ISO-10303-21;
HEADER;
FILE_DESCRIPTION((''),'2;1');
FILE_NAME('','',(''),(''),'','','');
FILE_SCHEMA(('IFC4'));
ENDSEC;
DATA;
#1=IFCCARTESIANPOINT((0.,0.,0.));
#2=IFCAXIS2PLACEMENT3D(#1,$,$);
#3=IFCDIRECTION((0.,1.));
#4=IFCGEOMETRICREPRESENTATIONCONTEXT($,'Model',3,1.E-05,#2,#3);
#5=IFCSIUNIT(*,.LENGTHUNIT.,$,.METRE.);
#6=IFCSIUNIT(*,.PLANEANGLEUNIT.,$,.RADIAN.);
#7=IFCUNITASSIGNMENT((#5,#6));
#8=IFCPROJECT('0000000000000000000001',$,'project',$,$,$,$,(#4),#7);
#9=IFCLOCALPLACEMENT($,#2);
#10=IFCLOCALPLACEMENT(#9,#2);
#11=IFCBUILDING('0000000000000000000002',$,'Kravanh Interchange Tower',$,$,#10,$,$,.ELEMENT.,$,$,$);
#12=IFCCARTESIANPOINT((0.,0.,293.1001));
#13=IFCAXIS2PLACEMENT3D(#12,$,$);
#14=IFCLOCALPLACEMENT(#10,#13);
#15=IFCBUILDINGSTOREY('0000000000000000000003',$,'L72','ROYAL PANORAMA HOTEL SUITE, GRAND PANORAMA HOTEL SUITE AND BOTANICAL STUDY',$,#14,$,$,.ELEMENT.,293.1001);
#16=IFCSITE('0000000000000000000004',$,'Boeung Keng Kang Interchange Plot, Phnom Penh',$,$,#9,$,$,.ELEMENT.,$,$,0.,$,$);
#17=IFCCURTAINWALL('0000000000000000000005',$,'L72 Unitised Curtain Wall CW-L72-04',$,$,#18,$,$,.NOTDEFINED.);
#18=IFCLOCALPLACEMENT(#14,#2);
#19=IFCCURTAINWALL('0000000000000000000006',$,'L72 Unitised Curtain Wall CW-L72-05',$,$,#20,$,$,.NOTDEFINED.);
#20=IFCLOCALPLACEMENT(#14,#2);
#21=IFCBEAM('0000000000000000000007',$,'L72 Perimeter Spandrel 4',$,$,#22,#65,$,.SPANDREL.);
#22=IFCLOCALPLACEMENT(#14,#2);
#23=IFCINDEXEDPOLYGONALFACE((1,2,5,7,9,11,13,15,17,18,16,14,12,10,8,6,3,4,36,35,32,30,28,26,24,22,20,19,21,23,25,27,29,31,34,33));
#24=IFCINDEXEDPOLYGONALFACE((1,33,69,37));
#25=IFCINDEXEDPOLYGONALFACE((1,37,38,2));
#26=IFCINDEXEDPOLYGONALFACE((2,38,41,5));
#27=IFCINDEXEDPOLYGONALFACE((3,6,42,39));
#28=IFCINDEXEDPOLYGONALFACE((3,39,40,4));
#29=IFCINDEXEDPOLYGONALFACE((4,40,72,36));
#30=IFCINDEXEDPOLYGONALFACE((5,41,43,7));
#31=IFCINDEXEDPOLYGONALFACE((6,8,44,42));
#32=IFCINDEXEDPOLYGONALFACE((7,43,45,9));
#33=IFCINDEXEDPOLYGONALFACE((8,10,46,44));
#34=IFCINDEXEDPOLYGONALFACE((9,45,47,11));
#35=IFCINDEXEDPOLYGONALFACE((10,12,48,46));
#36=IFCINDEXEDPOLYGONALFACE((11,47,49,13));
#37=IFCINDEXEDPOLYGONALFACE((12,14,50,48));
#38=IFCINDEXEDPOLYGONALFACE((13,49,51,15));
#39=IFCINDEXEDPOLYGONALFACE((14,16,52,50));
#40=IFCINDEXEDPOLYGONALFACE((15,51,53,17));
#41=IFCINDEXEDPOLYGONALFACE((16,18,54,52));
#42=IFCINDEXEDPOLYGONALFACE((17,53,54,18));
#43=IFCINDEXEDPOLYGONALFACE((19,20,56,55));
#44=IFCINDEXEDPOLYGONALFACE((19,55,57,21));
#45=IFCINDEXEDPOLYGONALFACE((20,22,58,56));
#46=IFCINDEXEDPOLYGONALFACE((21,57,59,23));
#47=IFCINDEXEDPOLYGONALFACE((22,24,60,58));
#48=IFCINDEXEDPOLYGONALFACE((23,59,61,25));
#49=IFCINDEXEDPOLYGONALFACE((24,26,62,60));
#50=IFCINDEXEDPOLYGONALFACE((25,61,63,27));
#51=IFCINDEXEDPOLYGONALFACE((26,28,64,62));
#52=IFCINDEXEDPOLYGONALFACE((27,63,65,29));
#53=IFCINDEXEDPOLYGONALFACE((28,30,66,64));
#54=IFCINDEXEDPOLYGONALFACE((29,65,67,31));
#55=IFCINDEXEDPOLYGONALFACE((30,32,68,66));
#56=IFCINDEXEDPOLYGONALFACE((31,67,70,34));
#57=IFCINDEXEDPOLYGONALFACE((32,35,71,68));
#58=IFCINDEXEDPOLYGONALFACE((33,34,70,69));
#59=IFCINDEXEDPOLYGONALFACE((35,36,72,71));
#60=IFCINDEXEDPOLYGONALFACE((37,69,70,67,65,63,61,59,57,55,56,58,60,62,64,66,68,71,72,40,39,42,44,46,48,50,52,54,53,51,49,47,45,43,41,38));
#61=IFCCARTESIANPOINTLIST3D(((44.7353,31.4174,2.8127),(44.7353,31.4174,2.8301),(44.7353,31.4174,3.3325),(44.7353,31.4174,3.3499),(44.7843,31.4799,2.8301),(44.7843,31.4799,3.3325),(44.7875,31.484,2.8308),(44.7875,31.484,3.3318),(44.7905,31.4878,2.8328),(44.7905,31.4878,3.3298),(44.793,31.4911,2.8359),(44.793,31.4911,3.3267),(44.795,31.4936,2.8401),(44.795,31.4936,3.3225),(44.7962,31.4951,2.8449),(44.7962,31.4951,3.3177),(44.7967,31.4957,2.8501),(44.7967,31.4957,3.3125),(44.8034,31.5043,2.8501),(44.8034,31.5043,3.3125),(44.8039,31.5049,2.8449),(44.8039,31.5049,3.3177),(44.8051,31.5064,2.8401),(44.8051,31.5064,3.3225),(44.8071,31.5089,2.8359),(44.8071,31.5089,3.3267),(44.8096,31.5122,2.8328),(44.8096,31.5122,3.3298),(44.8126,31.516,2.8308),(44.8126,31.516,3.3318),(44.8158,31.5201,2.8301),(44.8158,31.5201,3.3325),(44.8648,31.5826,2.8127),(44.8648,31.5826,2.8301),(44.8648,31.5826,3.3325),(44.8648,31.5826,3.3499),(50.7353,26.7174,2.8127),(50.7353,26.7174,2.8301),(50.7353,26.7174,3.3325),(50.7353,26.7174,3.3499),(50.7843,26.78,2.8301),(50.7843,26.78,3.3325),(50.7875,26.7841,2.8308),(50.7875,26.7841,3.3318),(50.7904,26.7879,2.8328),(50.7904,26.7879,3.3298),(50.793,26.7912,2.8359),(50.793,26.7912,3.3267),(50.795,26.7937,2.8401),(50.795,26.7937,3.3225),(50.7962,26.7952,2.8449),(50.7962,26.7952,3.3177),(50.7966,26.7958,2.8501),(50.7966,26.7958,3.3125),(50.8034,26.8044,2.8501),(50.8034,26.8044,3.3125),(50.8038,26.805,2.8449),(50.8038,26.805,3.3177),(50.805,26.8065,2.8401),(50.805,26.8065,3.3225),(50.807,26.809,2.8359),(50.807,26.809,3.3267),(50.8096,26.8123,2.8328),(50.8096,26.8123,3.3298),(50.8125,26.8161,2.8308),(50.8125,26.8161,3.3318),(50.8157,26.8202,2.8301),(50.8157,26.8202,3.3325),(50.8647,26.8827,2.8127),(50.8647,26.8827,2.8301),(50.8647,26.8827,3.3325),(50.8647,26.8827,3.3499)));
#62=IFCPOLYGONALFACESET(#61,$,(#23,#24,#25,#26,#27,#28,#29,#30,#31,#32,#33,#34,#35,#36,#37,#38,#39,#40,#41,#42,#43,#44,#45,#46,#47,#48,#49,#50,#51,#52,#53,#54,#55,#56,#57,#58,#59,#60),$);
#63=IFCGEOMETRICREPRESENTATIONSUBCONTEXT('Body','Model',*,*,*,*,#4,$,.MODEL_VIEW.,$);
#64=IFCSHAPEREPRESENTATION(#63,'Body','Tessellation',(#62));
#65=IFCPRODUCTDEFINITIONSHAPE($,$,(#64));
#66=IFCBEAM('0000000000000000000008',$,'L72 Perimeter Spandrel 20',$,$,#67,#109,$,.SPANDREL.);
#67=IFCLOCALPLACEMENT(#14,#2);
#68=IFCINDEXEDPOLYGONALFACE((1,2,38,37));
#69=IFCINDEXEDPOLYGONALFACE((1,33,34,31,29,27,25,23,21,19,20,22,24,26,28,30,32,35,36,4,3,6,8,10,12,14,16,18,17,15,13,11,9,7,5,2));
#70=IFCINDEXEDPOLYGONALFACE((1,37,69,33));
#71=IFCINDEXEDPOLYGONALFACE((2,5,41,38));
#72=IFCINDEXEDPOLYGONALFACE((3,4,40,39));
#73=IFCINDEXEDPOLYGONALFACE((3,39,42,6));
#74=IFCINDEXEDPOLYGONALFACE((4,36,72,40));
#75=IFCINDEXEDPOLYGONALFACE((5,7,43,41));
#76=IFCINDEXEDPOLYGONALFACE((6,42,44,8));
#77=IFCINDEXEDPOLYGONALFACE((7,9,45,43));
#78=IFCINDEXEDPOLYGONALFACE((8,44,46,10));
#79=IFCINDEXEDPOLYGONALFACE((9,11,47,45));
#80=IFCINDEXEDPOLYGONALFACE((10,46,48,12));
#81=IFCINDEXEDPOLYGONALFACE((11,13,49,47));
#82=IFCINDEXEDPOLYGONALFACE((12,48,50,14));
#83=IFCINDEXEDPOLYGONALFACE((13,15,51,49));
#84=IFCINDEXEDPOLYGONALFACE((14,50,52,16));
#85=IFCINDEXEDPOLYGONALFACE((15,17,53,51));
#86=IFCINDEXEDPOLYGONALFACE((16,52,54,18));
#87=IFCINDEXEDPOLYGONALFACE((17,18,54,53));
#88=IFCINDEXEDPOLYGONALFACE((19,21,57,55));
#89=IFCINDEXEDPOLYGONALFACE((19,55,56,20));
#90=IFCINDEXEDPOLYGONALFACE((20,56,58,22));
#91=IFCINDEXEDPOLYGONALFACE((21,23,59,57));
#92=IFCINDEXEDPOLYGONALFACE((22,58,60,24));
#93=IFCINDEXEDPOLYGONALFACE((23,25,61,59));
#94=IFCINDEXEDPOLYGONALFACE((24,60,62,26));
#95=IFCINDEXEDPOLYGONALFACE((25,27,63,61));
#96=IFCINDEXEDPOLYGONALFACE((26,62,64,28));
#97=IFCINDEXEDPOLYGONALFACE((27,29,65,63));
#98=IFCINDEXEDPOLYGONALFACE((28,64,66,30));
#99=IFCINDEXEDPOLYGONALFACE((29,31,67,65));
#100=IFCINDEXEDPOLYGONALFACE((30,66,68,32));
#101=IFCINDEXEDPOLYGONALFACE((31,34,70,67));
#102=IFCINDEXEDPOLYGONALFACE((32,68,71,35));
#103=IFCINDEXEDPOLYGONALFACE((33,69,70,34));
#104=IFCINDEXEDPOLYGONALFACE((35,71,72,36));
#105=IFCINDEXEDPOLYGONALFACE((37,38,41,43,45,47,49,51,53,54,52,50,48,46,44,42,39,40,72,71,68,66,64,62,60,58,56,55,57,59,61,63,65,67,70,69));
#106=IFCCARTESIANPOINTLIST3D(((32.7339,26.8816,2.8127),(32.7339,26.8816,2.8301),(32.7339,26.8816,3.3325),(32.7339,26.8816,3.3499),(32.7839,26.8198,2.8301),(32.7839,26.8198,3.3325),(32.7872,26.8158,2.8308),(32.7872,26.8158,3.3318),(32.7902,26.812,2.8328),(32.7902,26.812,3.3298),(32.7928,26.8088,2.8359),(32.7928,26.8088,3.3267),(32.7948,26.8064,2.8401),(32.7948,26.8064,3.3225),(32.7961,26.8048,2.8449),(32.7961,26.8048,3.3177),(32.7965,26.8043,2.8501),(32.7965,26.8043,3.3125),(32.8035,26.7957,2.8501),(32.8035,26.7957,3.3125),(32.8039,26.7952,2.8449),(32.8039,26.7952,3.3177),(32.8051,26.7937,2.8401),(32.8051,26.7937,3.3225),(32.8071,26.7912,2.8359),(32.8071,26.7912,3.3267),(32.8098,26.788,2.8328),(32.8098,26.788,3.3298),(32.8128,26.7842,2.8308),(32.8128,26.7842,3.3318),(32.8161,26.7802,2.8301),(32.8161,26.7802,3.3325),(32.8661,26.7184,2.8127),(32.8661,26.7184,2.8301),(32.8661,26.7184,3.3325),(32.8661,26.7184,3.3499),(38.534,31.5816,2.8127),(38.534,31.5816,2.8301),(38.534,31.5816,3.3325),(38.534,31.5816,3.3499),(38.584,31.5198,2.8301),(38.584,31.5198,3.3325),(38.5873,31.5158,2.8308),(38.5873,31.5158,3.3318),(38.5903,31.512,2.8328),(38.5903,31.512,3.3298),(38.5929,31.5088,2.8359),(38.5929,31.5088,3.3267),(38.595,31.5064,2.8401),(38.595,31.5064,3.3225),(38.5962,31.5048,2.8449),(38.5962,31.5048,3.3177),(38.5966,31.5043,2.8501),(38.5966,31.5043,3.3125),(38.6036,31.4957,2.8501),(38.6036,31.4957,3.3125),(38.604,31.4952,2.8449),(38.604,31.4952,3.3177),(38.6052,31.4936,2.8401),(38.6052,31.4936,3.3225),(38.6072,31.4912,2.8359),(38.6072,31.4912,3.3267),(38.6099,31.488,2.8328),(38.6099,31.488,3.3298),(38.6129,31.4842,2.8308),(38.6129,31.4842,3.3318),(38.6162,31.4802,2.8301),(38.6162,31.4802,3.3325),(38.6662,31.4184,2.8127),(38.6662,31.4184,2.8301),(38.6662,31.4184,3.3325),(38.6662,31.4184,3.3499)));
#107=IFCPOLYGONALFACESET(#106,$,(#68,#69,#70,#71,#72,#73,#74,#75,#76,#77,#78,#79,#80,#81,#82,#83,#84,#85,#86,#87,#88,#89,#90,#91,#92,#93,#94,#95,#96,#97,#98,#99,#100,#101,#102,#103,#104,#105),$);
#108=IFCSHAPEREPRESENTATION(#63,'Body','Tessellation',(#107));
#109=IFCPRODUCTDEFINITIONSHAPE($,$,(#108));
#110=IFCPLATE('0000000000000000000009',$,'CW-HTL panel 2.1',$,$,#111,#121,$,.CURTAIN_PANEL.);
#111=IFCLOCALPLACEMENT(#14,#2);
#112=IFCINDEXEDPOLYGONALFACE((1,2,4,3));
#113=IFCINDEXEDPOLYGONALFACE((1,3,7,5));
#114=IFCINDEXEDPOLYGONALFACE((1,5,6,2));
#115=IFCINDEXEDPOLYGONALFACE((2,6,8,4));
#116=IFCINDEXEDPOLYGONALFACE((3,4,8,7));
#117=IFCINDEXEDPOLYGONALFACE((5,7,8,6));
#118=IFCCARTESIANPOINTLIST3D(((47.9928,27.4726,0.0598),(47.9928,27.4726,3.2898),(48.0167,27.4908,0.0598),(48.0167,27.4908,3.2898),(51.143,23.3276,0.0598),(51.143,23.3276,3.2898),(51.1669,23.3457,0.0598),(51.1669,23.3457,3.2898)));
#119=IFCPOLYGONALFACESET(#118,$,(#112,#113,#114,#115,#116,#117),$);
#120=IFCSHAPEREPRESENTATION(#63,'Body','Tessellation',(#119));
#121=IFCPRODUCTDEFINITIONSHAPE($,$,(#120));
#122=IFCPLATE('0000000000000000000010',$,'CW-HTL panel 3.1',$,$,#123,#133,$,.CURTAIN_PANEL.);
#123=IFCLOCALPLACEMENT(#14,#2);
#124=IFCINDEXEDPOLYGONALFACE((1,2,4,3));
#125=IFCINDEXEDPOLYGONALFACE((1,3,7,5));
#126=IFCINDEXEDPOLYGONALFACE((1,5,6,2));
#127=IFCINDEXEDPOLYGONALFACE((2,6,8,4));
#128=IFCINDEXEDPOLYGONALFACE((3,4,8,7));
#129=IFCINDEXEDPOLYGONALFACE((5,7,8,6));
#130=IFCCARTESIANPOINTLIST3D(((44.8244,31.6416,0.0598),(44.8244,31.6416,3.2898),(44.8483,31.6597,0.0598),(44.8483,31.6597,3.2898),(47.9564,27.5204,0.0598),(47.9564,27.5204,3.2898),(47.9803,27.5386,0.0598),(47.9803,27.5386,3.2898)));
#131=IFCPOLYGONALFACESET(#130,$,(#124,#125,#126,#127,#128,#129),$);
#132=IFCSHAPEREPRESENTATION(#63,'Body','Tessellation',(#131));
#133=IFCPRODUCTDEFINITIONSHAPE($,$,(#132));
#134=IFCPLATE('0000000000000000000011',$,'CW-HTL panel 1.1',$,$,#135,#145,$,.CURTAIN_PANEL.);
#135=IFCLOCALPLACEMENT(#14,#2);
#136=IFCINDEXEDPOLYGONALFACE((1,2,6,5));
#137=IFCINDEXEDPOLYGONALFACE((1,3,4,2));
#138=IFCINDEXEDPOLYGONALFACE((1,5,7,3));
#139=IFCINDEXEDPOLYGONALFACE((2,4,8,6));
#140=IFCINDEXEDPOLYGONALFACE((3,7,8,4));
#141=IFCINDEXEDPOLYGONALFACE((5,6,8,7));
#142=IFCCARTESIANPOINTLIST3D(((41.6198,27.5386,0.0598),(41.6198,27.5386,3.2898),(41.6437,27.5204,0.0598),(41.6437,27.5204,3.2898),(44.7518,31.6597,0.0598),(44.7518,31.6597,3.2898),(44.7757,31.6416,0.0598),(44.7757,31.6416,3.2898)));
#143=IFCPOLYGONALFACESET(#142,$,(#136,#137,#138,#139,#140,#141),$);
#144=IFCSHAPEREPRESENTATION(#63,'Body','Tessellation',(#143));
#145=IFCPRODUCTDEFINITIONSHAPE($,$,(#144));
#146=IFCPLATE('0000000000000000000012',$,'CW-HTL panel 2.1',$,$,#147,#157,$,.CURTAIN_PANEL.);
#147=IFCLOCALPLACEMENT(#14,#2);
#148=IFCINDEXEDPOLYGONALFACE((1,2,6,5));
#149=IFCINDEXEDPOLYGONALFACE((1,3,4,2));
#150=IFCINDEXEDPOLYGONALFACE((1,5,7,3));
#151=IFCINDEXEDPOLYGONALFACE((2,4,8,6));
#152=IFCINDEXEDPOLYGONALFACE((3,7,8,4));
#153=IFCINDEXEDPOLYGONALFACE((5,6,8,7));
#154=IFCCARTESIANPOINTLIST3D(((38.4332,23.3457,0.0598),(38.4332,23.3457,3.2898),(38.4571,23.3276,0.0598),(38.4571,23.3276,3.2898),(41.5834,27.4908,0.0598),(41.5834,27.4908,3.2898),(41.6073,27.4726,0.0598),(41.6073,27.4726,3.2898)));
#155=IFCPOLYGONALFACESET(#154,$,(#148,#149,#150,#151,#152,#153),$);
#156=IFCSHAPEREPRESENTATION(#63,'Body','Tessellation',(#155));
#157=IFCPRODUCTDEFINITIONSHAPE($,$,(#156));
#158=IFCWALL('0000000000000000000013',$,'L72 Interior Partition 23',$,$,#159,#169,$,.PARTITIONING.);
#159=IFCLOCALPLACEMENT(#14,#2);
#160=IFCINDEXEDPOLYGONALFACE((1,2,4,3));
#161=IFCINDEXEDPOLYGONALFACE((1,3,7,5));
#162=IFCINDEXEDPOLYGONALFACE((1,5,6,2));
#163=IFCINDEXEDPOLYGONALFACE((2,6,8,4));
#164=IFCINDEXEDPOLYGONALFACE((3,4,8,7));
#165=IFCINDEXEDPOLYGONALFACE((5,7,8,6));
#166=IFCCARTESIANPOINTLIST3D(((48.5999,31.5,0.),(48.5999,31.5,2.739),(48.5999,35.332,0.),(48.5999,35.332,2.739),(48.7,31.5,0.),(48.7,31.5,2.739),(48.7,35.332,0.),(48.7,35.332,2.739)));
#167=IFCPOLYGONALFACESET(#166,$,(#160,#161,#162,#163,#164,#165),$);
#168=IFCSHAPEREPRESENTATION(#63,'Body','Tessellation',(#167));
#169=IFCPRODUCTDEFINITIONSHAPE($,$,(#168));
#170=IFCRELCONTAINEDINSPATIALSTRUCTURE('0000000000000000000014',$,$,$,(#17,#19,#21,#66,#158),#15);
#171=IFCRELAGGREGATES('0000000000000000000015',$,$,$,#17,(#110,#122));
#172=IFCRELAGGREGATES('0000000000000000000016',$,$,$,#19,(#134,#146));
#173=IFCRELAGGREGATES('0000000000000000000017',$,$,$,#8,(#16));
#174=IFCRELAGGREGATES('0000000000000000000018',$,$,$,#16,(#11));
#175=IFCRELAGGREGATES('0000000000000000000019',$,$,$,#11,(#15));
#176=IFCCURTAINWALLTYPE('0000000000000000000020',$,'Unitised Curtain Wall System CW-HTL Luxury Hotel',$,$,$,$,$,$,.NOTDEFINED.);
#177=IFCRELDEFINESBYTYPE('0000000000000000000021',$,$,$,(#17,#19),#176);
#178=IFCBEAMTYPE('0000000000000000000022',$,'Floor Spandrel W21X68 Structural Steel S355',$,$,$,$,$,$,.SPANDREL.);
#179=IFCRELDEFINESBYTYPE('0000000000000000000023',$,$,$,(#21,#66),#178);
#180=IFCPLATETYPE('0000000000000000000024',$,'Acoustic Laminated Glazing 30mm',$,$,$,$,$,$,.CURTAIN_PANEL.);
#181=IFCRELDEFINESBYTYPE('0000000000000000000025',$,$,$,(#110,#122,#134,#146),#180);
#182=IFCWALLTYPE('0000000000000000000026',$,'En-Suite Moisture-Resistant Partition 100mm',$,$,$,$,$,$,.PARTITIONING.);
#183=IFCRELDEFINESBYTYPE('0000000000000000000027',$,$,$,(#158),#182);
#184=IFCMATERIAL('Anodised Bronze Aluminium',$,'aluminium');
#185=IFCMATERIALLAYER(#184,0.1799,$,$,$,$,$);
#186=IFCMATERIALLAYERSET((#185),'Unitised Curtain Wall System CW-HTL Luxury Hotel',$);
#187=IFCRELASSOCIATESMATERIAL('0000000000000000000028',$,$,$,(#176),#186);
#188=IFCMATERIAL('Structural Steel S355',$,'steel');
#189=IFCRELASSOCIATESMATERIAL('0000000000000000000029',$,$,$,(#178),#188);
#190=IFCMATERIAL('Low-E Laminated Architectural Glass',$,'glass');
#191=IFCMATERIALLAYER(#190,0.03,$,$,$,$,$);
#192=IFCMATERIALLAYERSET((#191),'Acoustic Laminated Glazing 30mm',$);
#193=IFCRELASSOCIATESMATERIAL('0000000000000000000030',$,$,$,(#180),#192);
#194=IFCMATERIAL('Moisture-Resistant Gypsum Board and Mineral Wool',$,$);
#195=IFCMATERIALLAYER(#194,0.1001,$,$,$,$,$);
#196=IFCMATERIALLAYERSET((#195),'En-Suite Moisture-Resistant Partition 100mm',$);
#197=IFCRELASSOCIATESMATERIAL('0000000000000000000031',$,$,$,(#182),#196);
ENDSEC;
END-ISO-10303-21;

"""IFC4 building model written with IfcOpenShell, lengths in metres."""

from ifc_helpers import new_model, si_unit, direction, frame, frame_2d, origin, origin_2d, place, context, subcontext, project, spatial, rectangle, i_section, extrude, material, layer, layer_set, material_profile, profile_set, type_object, element, aggregate, save


model = new_model("IFC4")

# Units and contexts
model_context = context("Model", 3, precision=1e-05, world=origin(), true_north=direction((0.0, 1.0)))
body_context = subcontext(model_context, "Body", "Model", "MODEL_VIEW")
ifc_project = project(units=[si_unit("LENGTHUNIT", "METRE"), si_unit("PLANEANGLEUNIT", "RADIAN")], contexts=[model_context])

# Site, building, storey
site_placement = place(None, origin())
site = spatial("IfcSite", under=ifc_project, at=site_placement, Name="Boeung Keng Kang Interchange Plot, Phnom Penh", CompositionType="ELEMENT", RefElevation=0.0)
building_placement = place(site_placement, origin())
building = spatial("IfcBuilding", under=site, at=building_placement, Name="Kravanh Interchange Tower", CompositionType="ELEMENT")
storey_placement = place(building_placement, frame((0.0, 0.0, 293.1001)))
storey = spatial("IfcBuildingStorey", under=building, at=storey_placement, Name="L72", Description="ROYAL PANORAMA HOTEL SUITE, GRAND PANORAMA HOTEL SUITE AND BOTANICAL STUDY", CompositionType="ELEMENT", Elevation=293.1001)

# Curtain walls
ifc_material_1 = material(Name="Anodised Bronze Aluminium", Category="aluminium")
ifc_layer_1 = layer(ifc_material_1, 0.1799)
ifc_layer_set_1 = layer_set([ifc_layer_1], Name="Unitised Curtain Wall System CW-HTL Luxury Hotel")
curtain_wall_type = type_object("IfcCurtainWallType", Name="Unitised Curtain Wall System CW-HTL Luxury Hotel", PredefinedType="NOTDEFINED", material=ifc_layer_set_1)
curtain_wall_1_placement = place(storey_placement, origin())
curtain_wall_1 = element("IfcCurtainWall", 1, at=curtain_wall_1_placement, inside=storey, type_object=curtain_wall_type, Name="L72 Unitised Curtain Wall CW-L72-04", PredefinedType="NOTDEFINED")
curtain_wall_2_placement = place(storey_placement, origin())
curtain_wall_2 = element("IfcCurtainWall", 2, at=curtain_wall_2_placement, inside=storey, type_object=curtain_wall_type, Name="L72 Unitised Curtain Wall CW-L72-05", PredefinedType="NOTDEFINED")

# Beams
ifc_material_2 = material(Name="Structural Steel S355", Category="steel")
ifc_material_profile_1 = material_profile(ifc_material_2, i_section(OverallWidth=0.21, OverallDepth=0.5371, WebThickness=0.011, FlangeThickness=0.0173, FilletRadius=0.02, at=origin_2d()), Name="W21X68")
ifc_profile_set_1 = profile_set([ifc_material_profile_1], Name="Structural Steel S355")
beam_type_1 = type_object("IfcBeamType", Name="Floor Spandrel W21X68 Structural Steel S355", PredefinedType="SPANDREL", material=ifc_profile_set_1)
beam_1_placement = place(storey_placement, frame((44.8, 31.5, 3.0813), z_axis=(0.787231, -0.616658, 0.0), x_axis=(0.616658, 0.787231, 0.0)))
element("IfcBeam", 3, at=beam_1_placement, inside=storey, type_object=beam_type_1, Name="L72 Perimeter Spandrel 4", PredefinedType="SPANDREL", context=body_context, shape_type="SweptSolid", body=[
    extrude(i_section(OverallWidth=0.21, OverallDepth=0.5371, WebThickness=0.011, FlangeThickness=0.0173, FilletRadius=0.02, at=origin_2d()), origin(), (0.0, 0.0, 1.0), 7.6216),
])
beam_2_placement = place(storey_placement, frame((38.6001, 31.5, 3.0813), z_axis=(-0.776939, -0.629576, 0.0), x_axis=(0.629576, -0.776939, 0.0)))
element("IfcBeam", 4, at=beam_2_placement, inside=storey, type_object=beam_type_1, Name="L72 Perimeter Spandrel 20", PredefinedType="SPANDREL", context=body_context, shape_type="SweptSolid", body=[
    extrude(i_section(OverallWidth=0.21, OverallDepth=0.5371, WebThickness=0.011, FlangeThickness=0.0173, FilletRadius=0.02, at=origin_2d()), origin(), (0.0, 0.0, 1.0), 7.4653),
])

# Plates
ifc_material_3 = material(Name="Low-E Laminated Architectural Glass", Category="glass")
ifc_layer_2 = layer(ifc_material_3, 0.03)
ifc_layer_set_2 = layer_set([ifc_layer_2], Name="Acoustic Laminated Glazing 30mm")
plate_type = type_object("IfcPlateType", Name="Acoustic Laminated Glazing 30mm", PredefinedType="CURTAIN_PANEL", material=ifc_layer_set_2)
plate_1_placement = place(storey_placement, frame((49.5798, 25.4092, 0.0598), z_axis=(0.0, 0.0, 1.0), x_axis=(-0.605083, 0.796162, 0.0)))
plate_1 = element("IfcPlate", 5, at=plate_1_placement, type_object=plate_type, Name="CW-HTL panel 2.1", PredefinedType="CURTAIN_PANEL", context=body_context, shape_type="SweptSolid", body=[
    extrude(rectangle(XDim=5.2063, YDim=0.03, at=origin_2d()), origin(), (0.0, 0.0, 1.0), 3.23),
])
plate_2_placement = place(storey_placement, frame((46.4023, 29.5901, 0.0598), z_axis=(0.0, 0.0, 1.0), x_axis=(-0.605083, 0.796162, 0.0)))
plate_2 = element("IfcPlate", 6, at=plate_2_placement, type_object=plate_type, Name="CW-HTL panel 3.1", PredefinedType="CURTAIN_PANEL", context=body_context, shape_type="SweptSolid", body=[
    extrude(rectangle(XDim=5.1763, YDim=0.03, at=origin_2d()), origin(), (0.0, 0.0, 1.0), 3.23),
])
aggregate(curtain_wall_1, [plate_1, plate_2])
plate_3_placement = place(storey_placement, frame((43.1978, 29.5901, 0.0598), z_axis=(0.0, 0.0, 1.0), x_axis=(-0.605083, -0.796162, 0.0)))
plate_3 = element("IfcPlate", 7, at=plate_3_placement, type_object=plate_type, Name="CW-HTL panel 1.1", PredefinedType="CURTAIN_PANEL", context=body_context, shape_type="SweptSolid", body=[
    extrude(rectangle(XDim=5.1763, YDim=0.03, at=origin_2d()), origin(), (0.0, 0.0, 1.0), 3.23),
])
plate_4_placement = place(storey_placement, frame((40.0203, 25.4092, 0.0598), z_axis=(0.0, 0.0, 1.0), x_axis=(-0.605083, -0.796162, 0.0)))
plate_4 = element("IfcPlate", 8, at=plate_4_placement, type_object=plate_type, Name="CW-HTL panel 2.1", PredefinedType="CURTAIN_PANEL", context=body_context, shape_type="SweptSolid", body=[
    extrude(rectangle(XDim=5.2063, YDim=0.03, at=origin_2d()), origin(), (0.0, 0.0, 1.0), 3.23),
])
aggregate(curtain_wall_2, [plate_3, plate_4])

# Wall
ifc_material_4 = material(Name="Moisture-Resistant Gypsum Board and Mineral Wool")
ifc_layer_3 = layer(ifc_material_4, 0.1001)
ifc_layer_set_3 = layer_set([ifc_layer_3], Name="En-Suite Moisture-Resistant Partition 100mm")
wall_type_1 = type_object("IfcWallType", Name="En-Suite Moisture-Resistant Partition 100mm", PredefinedType="PARTITIONING", material=ifc_layer_set_3)
wall_1_placement = place(storey_placement, frame((48.6499, 31.5, 0.0), z_axis=(0.0, 0.0, 1.0), x_axis=(0.0, 1.0, 0.0)))
element("IfcWall", 9, at=wall_1_placement, inside=storey, type_object=wall_type_1, Name="L72 Interior Partition 23", PredefinedType="PARTITIONING", context=body_context, shape_type="SweptSolid", body=[
    extrude(rectangle(XDim=3.832, YDim=0.1001, at=frame_2d((1.916, 0.0))), origin(), (0.0, 0.0, 1.0), 2.739),
])

save(model, "model.ifc")
